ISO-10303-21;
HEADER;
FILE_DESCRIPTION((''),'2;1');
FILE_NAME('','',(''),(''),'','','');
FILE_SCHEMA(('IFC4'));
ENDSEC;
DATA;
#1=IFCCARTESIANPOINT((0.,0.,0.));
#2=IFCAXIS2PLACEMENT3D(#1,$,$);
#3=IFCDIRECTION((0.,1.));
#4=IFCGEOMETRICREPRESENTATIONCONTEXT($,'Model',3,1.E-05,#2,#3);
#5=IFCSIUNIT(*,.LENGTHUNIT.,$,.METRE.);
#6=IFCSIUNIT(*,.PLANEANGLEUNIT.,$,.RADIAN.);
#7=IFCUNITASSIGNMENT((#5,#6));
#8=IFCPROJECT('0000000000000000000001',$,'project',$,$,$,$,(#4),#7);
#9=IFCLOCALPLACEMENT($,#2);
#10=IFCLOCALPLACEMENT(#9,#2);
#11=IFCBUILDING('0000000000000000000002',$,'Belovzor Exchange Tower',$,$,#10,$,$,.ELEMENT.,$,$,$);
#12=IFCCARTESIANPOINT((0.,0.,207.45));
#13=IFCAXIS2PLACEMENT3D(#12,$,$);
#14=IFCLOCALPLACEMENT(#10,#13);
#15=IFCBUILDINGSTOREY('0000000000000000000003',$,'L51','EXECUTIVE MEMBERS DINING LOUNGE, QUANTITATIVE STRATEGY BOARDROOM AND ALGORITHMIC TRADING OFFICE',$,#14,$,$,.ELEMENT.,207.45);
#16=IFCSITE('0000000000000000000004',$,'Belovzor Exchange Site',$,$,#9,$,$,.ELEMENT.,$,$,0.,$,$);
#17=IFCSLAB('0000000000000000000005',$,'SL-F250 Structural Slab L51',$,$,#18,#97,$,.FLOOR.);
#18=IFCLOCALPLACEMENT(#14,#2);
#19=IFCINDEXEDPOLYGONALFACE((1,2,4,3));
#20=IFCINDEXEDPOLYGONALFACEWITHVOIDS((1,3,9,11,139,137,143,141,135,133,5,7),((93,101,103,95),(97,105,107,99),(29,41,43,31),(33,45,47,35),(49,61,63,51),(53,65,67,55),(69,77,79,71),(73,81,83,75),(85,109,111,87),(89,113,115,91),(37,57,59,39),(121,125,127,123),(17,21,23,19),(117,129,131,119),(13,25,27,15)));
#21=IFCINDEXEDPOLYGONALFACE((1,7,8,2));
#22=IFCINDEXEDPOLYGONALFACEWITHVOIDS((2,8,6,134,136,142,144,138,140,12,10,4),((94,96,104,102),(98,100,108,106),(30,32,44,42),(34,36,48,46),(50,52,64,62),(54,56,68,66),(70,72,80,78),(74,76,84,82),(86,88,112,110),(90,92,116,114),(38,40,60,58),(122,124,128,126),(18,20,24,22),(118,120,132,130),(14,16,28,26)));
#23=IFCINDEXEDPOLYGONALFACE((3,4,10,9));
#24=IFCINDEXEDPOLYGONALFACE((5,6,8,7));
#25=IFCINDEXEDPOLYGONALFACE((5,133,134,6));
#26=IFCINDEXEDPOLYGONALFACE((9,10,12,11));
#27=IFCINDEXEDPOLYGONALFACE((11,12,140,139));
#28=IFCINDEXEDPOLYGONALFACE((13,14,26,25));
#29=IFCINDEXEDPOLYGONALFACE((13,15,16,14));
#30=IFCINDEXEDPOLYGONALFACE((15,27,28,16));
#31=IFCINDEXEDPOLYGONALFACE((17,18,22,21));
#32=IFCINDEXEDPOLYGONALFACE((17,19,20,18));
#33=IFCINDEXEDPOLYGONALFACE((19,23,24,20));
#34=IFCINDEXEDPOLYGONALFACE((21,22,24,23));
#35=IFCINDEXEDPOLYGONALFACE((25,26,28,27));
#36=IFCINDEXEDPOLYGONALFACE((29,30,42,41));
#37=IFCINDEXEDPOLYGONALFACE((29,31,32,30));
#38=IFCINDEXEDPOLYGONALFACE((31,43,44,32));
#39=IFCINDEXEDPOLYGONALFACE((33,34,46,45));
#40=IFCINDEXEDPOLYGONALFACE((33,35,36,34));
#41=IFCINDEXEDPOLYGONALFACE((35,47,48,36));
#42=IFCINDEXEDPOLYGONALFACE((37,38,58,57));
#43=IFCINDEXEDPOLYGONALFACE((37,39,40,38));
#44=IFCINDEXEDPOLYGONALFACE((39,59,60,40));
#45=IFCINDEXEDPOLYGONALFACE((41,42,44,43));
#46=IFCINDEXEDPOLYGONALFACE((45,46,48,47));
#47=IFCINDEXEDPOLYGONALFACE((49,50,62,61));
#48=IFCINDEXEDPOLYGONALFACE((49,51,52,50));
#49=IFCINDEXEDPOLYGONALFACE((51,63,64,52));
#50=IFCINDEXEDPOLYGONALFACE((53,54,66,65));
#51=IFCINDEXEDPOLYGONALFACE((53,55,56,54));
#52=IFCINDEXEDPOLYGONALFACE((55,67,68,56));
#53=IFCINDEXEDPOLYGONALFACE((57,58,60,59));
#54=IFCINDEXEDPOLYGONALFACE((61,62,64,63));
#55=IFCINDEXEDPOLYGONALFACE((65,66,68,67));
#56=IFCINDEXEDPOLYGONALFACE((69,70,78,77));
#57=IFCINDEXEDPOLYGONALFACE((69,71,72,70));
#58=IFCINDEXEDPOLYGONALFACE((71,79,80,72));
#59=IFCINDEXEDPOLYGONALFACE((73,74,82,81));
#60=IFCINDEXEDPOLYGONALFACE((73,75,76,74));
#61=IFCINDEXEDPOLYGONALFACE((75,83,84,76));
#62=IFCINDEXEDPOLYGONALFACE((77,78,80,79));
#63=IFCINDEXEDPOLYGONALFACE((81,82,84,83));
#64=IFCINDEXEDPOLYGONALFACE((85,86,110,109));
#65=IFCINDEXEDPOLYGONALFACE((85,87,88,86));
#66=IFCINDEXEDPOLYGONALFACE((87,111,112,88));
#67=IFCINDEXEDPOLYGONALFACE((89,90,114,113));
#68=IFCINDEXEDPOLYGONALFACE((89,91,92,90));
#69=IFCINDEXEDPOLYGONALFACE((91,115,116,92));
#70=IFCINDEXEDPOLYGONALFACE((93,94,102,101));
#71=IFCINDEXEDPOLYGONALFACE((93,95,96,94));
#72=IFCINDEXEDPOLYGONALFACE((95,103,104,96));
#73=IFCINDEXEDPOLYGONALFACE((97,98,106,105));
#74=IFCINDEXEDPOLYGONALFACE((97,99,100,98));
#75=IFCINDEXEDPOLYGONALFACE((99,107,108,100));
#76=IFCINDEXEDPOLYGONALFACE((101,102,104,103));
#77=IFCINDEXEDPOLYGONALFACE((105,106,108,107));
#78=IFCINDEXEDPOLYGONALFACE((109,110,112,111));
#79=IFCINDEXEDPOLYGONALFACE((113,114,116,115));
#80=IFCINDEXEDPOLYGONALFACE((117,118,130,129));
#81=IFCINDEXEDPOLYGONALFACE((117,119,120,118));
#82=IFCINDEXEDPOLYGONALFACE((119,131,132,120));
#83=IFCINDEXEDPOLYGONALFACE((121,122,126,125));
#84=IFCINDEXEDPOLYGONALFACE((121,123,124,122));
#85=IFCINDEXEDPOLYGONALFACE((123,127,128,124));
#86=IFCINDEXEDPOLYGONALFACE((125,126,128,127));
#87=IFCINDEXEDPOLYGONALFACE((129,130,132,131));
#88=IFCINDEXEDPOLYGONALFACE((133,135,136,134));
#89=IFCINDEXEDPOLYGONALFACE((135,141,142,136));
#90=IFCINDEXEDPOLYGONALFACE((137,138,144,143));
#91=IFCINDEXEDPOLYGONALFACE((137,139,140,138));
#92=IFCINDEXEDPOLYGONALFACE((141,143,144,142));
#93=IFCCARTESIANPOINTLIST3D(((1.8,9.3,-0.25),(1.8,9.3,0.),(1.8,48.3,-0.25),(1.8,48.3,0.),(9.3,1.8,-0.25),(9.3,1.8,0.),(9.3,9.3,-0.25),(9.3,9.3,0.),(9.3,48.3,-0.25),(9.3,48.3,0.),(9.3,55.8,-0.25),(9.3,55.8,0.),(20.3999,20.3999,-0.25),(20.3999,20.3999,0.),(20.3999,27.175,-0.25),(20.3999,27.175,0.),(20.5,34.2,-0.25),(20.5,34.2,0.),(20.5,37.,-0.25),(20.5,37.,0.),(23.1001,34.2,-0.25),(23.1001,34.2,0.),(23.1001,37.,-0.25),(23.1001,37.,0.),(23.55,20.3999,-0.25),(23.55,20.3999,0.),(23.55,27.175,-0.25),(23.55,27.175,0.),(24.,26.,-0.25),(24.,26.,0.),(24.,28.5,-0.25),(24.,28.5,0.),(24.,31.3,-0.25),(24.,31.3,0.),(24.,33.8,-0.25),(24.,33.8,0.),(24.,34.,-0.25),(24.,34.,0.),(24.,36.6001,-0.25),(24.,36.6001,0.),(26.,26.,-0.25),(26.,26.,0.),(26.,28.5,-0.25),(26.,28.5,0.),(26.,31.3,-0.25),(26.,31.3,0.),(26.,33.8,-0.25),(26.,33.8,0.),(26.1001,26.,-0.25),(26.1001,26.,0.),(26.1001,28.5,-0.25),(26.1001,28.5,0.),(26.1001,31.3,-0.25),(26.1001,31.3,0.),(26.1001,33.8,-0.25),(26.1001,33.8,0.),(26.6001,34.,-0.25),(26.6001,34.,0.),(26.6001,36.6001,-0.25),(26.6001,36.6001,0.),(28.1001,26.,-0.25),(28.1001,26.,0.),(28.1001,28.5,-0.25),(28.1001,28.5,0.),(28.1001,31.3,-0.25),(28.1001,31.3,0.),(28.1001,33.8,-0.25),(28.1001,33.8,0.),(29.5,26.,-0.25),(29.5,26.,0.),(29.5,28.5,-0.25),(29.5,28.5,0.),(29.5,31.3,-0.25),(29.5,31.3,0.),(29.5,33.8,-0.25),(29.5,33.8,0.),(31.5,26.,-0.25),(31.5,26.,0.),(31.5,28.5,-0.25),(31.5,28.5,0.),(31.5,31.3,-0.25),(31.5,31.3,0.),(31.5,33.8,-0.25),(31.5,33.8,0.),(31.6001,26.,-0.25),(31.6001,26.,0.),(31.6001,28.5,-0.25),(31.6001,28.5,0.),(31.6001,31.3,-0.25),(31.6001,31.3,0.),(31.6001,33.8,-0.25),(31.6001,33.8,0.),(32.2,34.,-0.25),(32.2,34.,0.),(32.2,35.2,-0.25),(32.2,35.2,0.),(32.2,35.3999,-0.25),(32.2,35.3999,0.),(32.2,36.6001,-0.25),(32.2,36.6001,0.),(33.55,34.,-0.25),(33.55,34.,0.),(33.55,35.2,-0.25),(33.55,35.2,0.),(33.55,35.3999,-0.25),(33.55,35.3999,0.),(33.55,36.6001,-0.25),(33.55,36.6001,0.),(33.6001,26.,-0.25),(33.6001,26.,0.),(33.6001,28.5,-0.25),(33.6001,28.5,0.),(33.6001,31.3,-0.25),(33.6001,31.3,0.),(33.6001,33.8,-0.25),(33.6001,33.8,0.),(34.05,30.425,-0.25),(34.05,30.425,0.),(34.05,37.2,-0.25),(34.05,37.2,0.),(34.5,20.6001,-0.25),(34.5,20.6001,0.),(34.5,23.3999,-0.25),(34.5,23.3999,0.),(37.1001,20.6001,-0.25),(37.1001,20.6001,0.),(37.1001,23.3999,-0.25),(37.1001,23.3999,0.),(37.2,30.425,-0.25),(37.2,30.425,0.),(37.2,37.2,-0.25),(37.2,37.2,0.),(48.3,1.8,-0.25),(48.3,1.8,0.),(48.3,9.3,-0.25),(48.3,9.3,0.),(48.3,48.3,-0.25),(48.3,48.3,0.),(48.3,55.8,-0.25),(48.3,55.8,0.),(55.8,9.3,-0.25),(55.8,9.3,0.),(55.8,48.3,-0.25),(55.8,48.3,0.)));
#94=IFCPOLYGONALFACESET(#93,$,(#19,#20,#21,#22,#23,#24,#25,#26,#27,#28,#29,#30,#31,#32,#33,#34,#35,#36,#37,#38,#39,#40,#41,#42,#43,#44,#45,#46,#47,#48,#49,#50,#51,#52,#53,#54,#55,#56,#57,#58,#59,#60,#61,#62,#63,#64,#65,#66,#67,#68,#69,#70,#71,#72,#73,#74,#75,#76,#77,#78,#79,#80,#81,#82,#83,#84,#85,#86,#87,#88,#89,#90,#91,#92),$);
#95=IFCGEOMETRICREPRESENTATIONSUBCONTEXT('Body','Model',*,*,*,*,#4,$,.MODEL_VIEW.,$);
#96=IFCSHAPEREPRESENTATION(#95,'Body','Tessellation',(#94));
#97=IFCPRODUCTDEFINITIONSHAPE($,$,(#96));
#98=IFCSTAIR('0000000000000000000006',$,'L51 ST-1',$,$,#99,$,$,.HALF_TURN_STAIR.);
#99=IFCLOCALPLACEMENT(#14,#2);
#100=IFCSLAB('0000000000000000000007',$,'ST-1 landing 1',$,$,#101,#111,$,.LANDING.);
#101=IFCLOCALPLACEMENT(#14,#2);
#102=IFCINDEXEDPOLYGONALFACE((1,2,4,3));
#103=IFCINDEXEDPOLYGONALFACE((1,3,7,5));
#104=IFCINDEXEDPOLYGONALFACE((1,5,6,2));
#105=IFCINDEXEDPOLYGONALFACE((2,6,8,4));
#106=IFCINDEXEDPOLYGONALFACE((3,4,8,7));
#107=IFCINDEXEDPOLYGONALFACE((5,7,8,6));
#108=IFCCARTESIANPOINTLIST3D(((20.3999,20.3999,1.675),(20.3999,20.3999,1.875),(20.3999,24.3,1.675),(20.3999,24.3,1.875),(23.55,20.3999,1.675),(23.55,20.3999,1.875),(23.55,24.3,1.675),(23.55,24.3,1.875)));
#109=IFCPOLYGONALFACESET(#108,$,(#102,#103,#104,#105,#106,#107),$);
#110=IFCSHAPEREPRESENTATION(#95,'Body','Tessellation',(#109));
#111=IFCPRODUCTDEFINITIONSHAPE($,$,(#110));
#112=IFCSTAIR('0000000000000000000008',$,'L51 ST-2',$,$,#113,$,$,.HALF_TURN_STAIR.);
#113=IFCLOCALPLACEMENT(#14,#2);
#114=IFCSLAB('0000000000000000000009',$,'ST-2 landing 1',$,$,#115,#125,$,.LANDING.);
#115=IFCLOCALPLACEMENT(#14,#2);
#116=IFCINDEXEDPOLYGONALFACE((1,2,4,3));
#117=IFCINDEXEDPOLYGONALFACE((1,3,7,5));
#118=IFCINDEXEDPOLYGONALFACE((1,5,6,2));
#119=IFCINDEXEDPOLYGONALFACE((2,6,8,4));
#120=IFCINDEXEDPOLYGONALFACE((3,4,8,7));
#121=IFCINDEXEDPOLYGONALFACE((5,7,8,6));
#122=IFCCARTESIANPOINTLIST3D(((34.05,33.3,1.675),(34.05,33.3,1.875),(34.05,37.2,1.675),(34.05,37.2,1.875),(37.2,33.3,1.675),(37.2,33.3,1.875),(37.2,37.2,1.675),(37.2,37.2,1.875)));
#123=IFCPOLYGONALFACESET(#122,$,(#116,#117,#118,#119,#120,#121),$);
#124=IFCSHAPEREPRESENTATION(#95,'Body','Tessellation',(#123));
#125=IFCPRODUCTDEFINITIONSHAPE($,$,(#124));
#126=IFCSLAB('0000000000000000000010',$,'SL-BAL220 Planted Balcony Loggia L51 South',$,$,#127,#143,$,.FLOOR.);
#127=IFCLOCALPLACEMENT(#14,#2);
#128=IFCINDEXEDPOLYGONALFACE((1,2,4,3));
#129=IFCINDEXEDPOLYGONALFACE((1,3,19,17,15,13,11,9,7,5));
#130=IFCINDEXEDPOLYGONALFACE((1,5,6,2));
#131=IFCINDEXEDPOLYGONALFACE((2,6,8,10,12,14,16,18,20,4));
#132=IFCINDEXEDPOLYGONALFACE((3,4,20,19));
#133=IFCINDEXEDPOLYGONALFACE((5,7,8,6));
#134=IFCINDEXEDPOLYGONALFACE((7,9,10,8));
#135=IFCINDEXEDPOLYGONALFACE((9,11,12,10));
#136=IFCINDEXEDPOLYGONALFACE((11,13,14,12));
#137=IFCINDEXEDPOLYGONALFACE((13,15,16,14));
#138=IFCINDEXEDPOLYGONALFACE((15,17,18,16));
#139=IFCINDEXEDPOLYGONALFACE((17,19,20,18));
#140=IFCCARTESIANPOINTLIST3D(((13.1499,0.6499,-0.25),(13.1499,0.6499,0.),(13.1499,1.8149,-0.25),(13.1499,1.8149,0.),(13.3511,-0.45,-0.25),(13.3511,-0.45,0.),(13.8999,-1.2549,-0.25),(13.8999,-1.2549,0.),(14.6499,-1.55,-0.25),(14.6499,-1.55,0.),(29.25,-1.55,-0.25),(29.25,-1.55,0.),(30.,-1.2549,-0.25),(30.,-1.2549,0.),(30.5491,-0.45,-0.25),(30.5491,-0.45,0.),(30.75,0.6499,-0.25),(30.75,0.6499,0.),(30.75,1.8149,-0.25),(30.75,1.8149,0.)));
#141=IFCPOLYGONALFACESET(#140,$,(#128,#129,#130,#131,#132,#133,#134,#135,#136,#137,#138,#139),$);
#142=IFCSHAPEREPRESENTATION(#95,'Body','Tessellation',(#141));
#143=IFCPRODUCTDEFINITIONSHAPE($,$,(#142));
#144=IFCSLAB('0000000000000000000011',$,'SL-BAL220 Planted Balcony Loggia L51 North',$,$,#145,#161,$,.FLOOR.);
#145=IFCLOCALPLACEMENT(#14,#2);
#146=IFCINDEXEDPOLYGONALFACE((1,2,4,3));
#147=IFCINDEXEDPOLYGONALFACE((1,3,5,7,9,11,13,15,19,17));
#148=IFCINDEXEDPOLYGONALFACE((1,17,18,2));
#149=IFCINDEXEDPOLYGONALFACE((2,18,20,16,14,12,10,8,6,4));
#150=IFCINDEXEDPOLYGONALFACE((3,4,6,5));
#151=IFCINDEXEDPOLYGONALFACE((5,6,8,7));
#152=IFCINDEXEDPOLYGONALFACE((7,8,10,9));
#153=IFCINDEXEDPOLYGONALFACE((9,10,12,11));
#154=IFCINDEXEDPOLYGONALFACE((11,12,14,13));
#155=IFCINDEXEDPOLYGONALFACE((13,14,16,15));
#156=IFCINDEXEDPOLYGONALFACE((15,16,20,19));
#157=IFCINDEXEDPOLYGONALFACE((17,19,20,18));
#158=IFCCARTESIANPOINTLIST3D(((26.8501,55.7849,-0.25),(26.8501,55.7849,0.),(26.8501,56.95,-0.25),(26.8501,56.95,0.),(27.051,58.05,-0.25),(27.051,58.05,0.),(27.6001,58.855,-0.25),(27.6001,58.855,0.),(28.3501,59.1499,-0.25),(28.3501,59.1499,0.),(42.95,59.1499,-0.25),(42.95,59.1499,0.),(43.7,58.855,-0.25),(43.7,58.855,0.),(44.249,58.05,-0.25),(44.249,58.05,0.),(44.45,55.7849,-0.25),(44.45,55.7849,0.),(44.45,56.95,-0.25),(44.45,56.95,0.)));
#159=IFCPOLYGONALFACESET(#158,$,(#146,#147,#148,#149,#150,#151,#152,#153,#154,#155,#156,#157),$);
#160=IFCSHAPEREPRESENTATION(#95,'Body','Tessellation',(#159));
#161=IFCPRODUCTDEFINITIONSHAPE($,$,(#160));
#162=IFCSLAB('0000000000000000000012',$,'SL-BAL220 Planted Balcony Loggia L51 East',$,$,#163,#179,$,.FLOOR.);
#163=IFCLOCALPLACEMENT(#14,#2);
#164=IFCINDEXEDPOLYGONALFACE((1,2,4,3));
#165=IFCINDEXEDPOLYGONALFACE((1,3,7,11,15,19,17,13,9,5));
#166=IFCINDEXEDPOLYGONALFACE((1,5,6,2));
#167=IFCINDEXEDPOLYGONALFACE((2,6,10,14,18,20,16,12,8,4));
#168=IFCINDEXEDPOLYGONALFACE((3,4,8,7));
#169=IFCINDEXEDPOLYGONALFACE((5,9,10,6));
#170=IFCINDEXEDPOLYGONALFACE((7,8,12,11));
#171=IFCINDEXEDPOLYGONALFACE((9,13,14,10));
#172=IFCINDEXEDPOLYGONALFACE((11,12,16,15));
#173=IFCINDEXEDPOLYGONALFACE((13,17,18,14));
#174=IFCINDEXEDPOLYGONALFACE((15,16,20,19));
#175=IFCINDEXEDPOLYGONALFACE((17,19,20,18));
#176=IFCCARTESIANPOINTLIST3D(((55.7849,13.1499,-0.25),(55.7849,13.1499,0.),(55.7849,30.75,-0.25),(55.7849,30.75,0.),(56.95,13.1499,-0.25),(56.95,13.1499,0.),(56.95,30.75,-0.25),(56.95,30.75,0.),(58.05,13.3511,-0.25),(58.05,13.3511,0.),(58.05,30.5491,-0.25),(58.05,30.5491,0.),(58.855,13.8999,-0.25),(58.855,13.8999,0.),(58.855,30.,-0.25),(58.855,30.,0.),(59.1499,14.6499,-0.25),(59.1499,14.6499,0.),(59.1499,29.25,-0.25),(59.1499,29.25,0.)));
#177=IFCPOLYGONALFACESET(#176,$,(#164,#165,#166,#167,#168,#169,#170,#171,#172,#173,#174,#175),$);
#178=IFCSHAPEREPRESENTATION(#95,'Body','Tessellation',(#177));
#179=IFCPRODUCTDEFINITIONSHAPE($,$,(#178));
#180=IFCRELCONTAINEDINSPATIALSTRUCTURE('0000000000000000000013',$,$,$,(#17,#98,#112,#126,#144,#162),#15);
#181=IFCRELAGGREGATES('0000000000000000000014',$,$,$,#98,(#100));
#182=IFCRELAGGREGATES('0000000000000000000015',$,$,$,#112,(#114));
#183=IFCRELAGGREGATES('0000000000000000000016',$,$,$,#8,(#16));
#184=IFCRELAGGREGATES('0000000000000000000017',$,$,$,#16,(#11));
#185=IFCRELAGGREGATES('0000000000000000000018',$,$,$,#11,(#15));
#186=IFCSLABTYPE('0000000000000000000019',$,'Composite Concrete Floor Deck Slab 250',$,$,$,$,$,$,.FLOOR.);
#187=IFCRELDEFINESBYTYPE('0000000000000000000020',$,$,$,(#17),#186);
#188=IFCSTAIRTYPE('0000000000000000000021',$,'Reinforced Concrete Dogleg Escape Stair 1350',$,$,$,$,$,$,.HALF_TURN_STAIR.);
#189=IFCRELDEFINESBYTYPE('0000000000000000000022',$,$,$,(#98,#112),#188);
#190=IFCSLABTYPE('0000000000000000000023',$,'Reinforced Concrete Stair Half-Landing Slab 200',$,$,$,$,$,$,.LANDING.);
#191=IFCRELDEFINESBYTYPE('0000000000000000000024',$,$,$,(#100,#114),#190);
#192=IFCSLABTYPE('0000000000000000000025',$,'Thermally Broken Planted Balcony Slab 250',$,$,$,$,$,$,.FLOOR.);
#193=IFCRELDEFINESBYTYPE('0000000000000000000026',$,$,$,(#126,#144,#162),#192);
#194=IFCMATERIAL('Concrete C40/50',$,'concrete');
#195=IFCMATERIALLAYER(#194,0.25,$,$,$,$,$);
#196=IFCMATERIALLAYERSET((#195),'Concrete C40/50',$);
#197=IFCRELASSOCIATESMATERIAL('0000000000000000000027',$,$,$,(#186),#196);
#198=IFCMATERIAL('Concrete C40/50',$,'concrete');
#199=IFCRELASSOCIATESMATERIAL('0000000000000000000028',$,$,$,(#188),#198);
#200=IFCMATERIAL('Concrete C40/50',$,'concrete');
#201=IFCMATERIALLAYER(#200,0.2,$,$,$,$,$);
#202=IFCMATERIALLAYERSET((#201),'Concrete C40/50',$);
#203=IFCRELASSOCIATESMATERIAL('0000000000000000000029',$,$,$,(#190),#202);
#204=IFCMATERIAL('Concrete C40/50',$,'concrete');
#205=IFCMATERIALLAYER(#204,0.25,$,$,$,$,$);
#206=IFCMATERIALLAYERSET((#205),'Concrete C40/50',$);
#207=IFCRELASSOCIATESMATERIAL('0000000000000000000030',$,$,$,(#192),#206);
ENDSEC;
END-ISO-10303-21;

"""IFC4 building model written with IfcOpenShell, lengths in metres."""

from ifc_helpers import new_model, si_unit, direction, frame, origin, place, context, subcontext, project, spatial, polyline, outline, extrude, material, layer, layer_set, type_object, element, aggregate, save


model = new_model("IFC4")

# Units and contexts
model_context = context("Model", 3, precision=1e-05, world=origin(), true_north=direction((0.0, 1.0)))
body_context = subcontext(model_context, "Body", "Model", "MODEL_VIEW")
ifc_project = project(units=[si_unit("LENGTHUNIT", "METRE"), si_unit("PLANEANGLEUNIT", "RADIAN")], contexts=[model_context])

# Site, building, storey
site_placement = place(None, origin())
site = spatial("IfcSite", under=ifc_project, at=site_placement, Name="Belovzor Exchange Site", CompositionType="ELEMENT", RefElevation=0.0)
building_placement = place(site_placement, origin())
building = spatial("IfcBuilding", under=site, at=building_placement, Name="Belovzor Exchange Tower", CompositionType="ELEMENT")
storey_placement = place(building_placement, frame((0.0, 0.0, 207.45)))
storey = spatial("IfcBuildingStorey", under=building, at=storey_placement, Name="L51", Description="EXECUTIVE MEMBERS DINING LOUNGE, QUANTITATIVE STRATEGY BOARDROOM AND ALGORITHMIC TRADING OFFICE", CompositionType="ELEMENT", Elevation=207.45)

# Slab
ifc_material_1 = material(Name="Concrete C40/50", Category="concrete")
ifc_layer_1 = layer(ifc_material_1, 0.25)
ifc_layer_set_1 = layer_set([ifc_layer_1], Name="Concrete C40/50")
slab_type_1 = type_object("IfcSlabType", Name="Composite Concrete Floor Deck Slab 250", PredefinedType="FLOOR", material=ifc_layer_set_1)
slab_1_placement = place(storey_placement, frame((0.0, 0.0, -0.25)))
element("IfcSlab", 1, at=slab_1_placement, inside=storey, type_object=slab_type_1, Name="SL-F250 Structural Slab L51", PredefinedType="FLOOR", context=body_context, shape_type="SweptSolid", body=[
    extrude(outline(polyline([(9.3, 1.8), (48.3, 1.8), (48.3, 9.3), (55.8, 9.3), (55.8, 48.3), (48.3, 48.3), (48.3, 55.8), (9.3, 55.8), (9.3, 48.3), (1.8, 48.3), (1.8, 9.3), (9.3, 9.3), (9.3, 1.8)]), holes=[polyline([(20.3999, 27.175), (20.3999, 20.3999), (23.55, 20.3999), (23.55, 27.175), (20.3999, 27.175)]), polyline([(37.2, 30.425), (37.2, 37.2), (34.05, 37.2), (34.05, 30.425), (37.2, 30.425)]), polyline([(20.5, 34.2), (23.1001, 34.2), (23.1001, 37.0), (20.5, 37.0), (20.5, 34.2)]), polyline([(34.5, 20.6001), (37.1001, 20.6001), (37.1001, 23.3999), (34.5, 23.3999), (34.5, 20.6001)]), polyline([(24.0, 34.0), (26.6001, 34.0), (26.6001, 36.6001), (24.0, 36.6001), (24.0, 34.0)]), polyline([(24.0, 26.0), (26.0, 26.0), (26.0, 28.5), (24.0, 28.5), (24.0, 26.0)]), polyline([(26.1001, 26.0), (28.1001, 26.0), (28.1001, 28.5), (26.1001, 28.5), (26.1001, 26.0)]), polyline([(29.5, 26.0), (31.5, 26.0), (31.5, 28.5), (29.5, 28.5), (29.5, 26.0)]), polyline([(31.6001, 26.0), (33.6001, 26.0), (33.6001, 28.5), (31.6001, 28.5), (31.6001, 26.0)]), polyline([(24.0, 31.3), (26.0, 31.3), (26.0, 33.8), (24.0, 33.8), (24.0, 31.3)]), polyline([(26.1001, 31.3), (28.1001, 31.3), (28.1001, 33.8), (26.1001, 33.8), (26.1001, 31.3)]), polyline([(29.5, 31.3), (31.5, 31.3), (31.5, 33.8), (29.5, 33.8), (29.5, 31.3)]), polyline([(31.6001, 31.3), (33.6001, 31.3), (33.6001, 33.8), (31.6001, 33.8), (31.6001, 31.3)]), polyline([(32.2, 34.0), (33.55, 34.0), (33.55, 35.2), (32.2, 35.2), (32.2, 34.0)]), polyline([(32.2, 35.3999), (33.55, 35.3999), (33.55, 36.6001), (32.2, 36.6001), (32.2, 35.3999)])]), origin(), (0.0, 0.0, 1.0), 0.25),
])

# Stairs, slabs
ifc_material_2 = material(Name="Concrete C40/50", Category="concrete")
stair_type = type_object("IfcStairType", Name="Reinforced Concrete Dogleg Escape Stair 1350", PredefinedType="HALF_TURN_STAIR", material=ifc_material_2)
stair_1_placement = place(storey_placement, origin())
stair_1 = element("IfcStair", 2, at=stair_1_placement, inside=storey, type_object=stair_type, Name="L51 ST-1", PredefinedType="HALF_TURN_STAIR")
ifc_material_3 = material(Name="Concrete C40/50", Category="concrete")
ifc_layer_2 = layer(ifc_material_3, 0.2)
ifc_layer_set_2 = layer_set([ifc_layer_2], Name="Concrete C40/50")
slab_type_2 = type_object("IfcSlabType", Name="Reinforced Concrete Stair Half-Landing Slab 200", PredefinedType="LANDING", material=ifc_layer_set_2)
slab_2_placement = place(storey_placement, frame((0.0, 0.0, 1.675)))
slab_2 = element("IfcSlab", 3, at=slab_2_placement, type_object=slab_type_2, Name="ST-1 landing 1", PredefinedType="LANDING", context=body_context, shape_type="SweptSolid", body=[
    extrude(outline(polyline([(20.3999, 24.3), (20.3999, 20.3999), (23.55, 20.3999), (23.55, 24.3), (20.3999, 24.3)])), origin(), (0.0, 0.0, 1.0), 0.2),
])
aggregate(stair_1, [slab_2])
stair_2_placement = place(storey_placement, origin())
stair_2 = element("IfcStair", 4, at=stair_2_placement, inside=storey, type_object=stair_type, Name="L51 ST-2", PredefinedType="HALF_TURN_STAIR")
slab_3_placement = place(storey_placement, frame((0.0, 0.0, 1.675)))
slab_3 = element("IfcSlab", 5, at=slab_3_placement, type_object=slab_type_2, Name="ST-2 landing 1", PredefinedType="LANDING", context=body_context, shape_type="SweptSolid", body=[
    extrude(outline(polyline([(37.2, 33.3), (37.2, 37.2), (34.05, 37.2), (34.05, 33.3), (37.2, 33.3)])), origin(), (0.0, 0.0, 1.0), 0.2),
])
aggregate(stair_2, [slab_3])

# Slabs
ifc_material_4 = material(Name="Concrete C40/50", Category="concrete")
ifc_layer_3 = layer(ifc_material_4, 0.25)
ifc_layer_set_3 = layer_set([ifc_layer_3], Name="Concrete C40/50")
slab_type_3 = type_object("IfcSlabType", Name="Thermally Broken Planted Balcony Slab 250", PredefinedType="FLOOR", material=ifc_layer_set_3)
slab_4_placement = place(storey_placement, frame((0.0, 0.0, -0.25)))
element("IfcSlab", 6, at=slab_4_placement, inside=storey, type_object=slab_type_3, Name="SL-BAL220 Planted Balcony Loggia L51 South", PredefinedType="FLOOR", context=body_context, shape_type="SweptSolid", body=[
    extrude(outline(polyline([(13.1499, 1.8149), (13.1499, 0.6499), (13.3511, -0.45), (13.8999, -1.2549), (14.6499, -1.55), (29.25, -1.55), (30.0, -1.2549), (30.5491, -0.45), (30.75, 0.6499), (30.75, 1.8149), (13.1499, 1.8149)])), origin(), (0.0, 0.0, 1.0), 0.25),
])
slab_5_placement = place(storey_placement, frame((0.0, 0.0, -0.25)))
element("IfcSlab", 7, at=slab_5_placement, inside=storey, type_object=slab_type_3, Name="SL-BAL220 Planted Balcony Loggia L51 North", PredefinedType="FLOOR", context=body_context, shape_type="SweptSolid", body=[
    extrude(outline(polyline([(44.45, 55.7849), (44.45, 56.95), (44.249, 58.05), (43.7, 58.855), (42.95, 59.1499), (28.3501, 59.1499), (27.6001, 58.855), (27.051, 58.05), (26.8501, 56.95), (26.8501, 55.7849), (44.45, 55.7849)])), origin(), (0.0, 0.0, 1.0), 0.25),
])
slab_6_placement = place(storey_placement, frame((0.0, 0.0, -0.25)))
element("IfcSlab", 8, at=slab_6_placement, inside=storey, type_object=slab_type_3, Name="SL-BAL220 Planted Balcony Loggia L51 East", PredefinedType="FLOOR", context=body_context, shape_type="SweptSolid", body=[
    extrude(outline(polyline([(55.7849, 13.1499), (56.95, 13.1499), (58.05, 13.3511), (58.855, 13.8999), (59.1499, 14.6499), (59.1499, 29.25), (58.855, 30.0), (58.05, 30.5491), (56.95, 30.75), (55.7849, 30.75), (55.7849, 13.1499)])), origin(), (0.0, 0.0, 1.0), 0.25),
])

save(model, "model.ifc")
